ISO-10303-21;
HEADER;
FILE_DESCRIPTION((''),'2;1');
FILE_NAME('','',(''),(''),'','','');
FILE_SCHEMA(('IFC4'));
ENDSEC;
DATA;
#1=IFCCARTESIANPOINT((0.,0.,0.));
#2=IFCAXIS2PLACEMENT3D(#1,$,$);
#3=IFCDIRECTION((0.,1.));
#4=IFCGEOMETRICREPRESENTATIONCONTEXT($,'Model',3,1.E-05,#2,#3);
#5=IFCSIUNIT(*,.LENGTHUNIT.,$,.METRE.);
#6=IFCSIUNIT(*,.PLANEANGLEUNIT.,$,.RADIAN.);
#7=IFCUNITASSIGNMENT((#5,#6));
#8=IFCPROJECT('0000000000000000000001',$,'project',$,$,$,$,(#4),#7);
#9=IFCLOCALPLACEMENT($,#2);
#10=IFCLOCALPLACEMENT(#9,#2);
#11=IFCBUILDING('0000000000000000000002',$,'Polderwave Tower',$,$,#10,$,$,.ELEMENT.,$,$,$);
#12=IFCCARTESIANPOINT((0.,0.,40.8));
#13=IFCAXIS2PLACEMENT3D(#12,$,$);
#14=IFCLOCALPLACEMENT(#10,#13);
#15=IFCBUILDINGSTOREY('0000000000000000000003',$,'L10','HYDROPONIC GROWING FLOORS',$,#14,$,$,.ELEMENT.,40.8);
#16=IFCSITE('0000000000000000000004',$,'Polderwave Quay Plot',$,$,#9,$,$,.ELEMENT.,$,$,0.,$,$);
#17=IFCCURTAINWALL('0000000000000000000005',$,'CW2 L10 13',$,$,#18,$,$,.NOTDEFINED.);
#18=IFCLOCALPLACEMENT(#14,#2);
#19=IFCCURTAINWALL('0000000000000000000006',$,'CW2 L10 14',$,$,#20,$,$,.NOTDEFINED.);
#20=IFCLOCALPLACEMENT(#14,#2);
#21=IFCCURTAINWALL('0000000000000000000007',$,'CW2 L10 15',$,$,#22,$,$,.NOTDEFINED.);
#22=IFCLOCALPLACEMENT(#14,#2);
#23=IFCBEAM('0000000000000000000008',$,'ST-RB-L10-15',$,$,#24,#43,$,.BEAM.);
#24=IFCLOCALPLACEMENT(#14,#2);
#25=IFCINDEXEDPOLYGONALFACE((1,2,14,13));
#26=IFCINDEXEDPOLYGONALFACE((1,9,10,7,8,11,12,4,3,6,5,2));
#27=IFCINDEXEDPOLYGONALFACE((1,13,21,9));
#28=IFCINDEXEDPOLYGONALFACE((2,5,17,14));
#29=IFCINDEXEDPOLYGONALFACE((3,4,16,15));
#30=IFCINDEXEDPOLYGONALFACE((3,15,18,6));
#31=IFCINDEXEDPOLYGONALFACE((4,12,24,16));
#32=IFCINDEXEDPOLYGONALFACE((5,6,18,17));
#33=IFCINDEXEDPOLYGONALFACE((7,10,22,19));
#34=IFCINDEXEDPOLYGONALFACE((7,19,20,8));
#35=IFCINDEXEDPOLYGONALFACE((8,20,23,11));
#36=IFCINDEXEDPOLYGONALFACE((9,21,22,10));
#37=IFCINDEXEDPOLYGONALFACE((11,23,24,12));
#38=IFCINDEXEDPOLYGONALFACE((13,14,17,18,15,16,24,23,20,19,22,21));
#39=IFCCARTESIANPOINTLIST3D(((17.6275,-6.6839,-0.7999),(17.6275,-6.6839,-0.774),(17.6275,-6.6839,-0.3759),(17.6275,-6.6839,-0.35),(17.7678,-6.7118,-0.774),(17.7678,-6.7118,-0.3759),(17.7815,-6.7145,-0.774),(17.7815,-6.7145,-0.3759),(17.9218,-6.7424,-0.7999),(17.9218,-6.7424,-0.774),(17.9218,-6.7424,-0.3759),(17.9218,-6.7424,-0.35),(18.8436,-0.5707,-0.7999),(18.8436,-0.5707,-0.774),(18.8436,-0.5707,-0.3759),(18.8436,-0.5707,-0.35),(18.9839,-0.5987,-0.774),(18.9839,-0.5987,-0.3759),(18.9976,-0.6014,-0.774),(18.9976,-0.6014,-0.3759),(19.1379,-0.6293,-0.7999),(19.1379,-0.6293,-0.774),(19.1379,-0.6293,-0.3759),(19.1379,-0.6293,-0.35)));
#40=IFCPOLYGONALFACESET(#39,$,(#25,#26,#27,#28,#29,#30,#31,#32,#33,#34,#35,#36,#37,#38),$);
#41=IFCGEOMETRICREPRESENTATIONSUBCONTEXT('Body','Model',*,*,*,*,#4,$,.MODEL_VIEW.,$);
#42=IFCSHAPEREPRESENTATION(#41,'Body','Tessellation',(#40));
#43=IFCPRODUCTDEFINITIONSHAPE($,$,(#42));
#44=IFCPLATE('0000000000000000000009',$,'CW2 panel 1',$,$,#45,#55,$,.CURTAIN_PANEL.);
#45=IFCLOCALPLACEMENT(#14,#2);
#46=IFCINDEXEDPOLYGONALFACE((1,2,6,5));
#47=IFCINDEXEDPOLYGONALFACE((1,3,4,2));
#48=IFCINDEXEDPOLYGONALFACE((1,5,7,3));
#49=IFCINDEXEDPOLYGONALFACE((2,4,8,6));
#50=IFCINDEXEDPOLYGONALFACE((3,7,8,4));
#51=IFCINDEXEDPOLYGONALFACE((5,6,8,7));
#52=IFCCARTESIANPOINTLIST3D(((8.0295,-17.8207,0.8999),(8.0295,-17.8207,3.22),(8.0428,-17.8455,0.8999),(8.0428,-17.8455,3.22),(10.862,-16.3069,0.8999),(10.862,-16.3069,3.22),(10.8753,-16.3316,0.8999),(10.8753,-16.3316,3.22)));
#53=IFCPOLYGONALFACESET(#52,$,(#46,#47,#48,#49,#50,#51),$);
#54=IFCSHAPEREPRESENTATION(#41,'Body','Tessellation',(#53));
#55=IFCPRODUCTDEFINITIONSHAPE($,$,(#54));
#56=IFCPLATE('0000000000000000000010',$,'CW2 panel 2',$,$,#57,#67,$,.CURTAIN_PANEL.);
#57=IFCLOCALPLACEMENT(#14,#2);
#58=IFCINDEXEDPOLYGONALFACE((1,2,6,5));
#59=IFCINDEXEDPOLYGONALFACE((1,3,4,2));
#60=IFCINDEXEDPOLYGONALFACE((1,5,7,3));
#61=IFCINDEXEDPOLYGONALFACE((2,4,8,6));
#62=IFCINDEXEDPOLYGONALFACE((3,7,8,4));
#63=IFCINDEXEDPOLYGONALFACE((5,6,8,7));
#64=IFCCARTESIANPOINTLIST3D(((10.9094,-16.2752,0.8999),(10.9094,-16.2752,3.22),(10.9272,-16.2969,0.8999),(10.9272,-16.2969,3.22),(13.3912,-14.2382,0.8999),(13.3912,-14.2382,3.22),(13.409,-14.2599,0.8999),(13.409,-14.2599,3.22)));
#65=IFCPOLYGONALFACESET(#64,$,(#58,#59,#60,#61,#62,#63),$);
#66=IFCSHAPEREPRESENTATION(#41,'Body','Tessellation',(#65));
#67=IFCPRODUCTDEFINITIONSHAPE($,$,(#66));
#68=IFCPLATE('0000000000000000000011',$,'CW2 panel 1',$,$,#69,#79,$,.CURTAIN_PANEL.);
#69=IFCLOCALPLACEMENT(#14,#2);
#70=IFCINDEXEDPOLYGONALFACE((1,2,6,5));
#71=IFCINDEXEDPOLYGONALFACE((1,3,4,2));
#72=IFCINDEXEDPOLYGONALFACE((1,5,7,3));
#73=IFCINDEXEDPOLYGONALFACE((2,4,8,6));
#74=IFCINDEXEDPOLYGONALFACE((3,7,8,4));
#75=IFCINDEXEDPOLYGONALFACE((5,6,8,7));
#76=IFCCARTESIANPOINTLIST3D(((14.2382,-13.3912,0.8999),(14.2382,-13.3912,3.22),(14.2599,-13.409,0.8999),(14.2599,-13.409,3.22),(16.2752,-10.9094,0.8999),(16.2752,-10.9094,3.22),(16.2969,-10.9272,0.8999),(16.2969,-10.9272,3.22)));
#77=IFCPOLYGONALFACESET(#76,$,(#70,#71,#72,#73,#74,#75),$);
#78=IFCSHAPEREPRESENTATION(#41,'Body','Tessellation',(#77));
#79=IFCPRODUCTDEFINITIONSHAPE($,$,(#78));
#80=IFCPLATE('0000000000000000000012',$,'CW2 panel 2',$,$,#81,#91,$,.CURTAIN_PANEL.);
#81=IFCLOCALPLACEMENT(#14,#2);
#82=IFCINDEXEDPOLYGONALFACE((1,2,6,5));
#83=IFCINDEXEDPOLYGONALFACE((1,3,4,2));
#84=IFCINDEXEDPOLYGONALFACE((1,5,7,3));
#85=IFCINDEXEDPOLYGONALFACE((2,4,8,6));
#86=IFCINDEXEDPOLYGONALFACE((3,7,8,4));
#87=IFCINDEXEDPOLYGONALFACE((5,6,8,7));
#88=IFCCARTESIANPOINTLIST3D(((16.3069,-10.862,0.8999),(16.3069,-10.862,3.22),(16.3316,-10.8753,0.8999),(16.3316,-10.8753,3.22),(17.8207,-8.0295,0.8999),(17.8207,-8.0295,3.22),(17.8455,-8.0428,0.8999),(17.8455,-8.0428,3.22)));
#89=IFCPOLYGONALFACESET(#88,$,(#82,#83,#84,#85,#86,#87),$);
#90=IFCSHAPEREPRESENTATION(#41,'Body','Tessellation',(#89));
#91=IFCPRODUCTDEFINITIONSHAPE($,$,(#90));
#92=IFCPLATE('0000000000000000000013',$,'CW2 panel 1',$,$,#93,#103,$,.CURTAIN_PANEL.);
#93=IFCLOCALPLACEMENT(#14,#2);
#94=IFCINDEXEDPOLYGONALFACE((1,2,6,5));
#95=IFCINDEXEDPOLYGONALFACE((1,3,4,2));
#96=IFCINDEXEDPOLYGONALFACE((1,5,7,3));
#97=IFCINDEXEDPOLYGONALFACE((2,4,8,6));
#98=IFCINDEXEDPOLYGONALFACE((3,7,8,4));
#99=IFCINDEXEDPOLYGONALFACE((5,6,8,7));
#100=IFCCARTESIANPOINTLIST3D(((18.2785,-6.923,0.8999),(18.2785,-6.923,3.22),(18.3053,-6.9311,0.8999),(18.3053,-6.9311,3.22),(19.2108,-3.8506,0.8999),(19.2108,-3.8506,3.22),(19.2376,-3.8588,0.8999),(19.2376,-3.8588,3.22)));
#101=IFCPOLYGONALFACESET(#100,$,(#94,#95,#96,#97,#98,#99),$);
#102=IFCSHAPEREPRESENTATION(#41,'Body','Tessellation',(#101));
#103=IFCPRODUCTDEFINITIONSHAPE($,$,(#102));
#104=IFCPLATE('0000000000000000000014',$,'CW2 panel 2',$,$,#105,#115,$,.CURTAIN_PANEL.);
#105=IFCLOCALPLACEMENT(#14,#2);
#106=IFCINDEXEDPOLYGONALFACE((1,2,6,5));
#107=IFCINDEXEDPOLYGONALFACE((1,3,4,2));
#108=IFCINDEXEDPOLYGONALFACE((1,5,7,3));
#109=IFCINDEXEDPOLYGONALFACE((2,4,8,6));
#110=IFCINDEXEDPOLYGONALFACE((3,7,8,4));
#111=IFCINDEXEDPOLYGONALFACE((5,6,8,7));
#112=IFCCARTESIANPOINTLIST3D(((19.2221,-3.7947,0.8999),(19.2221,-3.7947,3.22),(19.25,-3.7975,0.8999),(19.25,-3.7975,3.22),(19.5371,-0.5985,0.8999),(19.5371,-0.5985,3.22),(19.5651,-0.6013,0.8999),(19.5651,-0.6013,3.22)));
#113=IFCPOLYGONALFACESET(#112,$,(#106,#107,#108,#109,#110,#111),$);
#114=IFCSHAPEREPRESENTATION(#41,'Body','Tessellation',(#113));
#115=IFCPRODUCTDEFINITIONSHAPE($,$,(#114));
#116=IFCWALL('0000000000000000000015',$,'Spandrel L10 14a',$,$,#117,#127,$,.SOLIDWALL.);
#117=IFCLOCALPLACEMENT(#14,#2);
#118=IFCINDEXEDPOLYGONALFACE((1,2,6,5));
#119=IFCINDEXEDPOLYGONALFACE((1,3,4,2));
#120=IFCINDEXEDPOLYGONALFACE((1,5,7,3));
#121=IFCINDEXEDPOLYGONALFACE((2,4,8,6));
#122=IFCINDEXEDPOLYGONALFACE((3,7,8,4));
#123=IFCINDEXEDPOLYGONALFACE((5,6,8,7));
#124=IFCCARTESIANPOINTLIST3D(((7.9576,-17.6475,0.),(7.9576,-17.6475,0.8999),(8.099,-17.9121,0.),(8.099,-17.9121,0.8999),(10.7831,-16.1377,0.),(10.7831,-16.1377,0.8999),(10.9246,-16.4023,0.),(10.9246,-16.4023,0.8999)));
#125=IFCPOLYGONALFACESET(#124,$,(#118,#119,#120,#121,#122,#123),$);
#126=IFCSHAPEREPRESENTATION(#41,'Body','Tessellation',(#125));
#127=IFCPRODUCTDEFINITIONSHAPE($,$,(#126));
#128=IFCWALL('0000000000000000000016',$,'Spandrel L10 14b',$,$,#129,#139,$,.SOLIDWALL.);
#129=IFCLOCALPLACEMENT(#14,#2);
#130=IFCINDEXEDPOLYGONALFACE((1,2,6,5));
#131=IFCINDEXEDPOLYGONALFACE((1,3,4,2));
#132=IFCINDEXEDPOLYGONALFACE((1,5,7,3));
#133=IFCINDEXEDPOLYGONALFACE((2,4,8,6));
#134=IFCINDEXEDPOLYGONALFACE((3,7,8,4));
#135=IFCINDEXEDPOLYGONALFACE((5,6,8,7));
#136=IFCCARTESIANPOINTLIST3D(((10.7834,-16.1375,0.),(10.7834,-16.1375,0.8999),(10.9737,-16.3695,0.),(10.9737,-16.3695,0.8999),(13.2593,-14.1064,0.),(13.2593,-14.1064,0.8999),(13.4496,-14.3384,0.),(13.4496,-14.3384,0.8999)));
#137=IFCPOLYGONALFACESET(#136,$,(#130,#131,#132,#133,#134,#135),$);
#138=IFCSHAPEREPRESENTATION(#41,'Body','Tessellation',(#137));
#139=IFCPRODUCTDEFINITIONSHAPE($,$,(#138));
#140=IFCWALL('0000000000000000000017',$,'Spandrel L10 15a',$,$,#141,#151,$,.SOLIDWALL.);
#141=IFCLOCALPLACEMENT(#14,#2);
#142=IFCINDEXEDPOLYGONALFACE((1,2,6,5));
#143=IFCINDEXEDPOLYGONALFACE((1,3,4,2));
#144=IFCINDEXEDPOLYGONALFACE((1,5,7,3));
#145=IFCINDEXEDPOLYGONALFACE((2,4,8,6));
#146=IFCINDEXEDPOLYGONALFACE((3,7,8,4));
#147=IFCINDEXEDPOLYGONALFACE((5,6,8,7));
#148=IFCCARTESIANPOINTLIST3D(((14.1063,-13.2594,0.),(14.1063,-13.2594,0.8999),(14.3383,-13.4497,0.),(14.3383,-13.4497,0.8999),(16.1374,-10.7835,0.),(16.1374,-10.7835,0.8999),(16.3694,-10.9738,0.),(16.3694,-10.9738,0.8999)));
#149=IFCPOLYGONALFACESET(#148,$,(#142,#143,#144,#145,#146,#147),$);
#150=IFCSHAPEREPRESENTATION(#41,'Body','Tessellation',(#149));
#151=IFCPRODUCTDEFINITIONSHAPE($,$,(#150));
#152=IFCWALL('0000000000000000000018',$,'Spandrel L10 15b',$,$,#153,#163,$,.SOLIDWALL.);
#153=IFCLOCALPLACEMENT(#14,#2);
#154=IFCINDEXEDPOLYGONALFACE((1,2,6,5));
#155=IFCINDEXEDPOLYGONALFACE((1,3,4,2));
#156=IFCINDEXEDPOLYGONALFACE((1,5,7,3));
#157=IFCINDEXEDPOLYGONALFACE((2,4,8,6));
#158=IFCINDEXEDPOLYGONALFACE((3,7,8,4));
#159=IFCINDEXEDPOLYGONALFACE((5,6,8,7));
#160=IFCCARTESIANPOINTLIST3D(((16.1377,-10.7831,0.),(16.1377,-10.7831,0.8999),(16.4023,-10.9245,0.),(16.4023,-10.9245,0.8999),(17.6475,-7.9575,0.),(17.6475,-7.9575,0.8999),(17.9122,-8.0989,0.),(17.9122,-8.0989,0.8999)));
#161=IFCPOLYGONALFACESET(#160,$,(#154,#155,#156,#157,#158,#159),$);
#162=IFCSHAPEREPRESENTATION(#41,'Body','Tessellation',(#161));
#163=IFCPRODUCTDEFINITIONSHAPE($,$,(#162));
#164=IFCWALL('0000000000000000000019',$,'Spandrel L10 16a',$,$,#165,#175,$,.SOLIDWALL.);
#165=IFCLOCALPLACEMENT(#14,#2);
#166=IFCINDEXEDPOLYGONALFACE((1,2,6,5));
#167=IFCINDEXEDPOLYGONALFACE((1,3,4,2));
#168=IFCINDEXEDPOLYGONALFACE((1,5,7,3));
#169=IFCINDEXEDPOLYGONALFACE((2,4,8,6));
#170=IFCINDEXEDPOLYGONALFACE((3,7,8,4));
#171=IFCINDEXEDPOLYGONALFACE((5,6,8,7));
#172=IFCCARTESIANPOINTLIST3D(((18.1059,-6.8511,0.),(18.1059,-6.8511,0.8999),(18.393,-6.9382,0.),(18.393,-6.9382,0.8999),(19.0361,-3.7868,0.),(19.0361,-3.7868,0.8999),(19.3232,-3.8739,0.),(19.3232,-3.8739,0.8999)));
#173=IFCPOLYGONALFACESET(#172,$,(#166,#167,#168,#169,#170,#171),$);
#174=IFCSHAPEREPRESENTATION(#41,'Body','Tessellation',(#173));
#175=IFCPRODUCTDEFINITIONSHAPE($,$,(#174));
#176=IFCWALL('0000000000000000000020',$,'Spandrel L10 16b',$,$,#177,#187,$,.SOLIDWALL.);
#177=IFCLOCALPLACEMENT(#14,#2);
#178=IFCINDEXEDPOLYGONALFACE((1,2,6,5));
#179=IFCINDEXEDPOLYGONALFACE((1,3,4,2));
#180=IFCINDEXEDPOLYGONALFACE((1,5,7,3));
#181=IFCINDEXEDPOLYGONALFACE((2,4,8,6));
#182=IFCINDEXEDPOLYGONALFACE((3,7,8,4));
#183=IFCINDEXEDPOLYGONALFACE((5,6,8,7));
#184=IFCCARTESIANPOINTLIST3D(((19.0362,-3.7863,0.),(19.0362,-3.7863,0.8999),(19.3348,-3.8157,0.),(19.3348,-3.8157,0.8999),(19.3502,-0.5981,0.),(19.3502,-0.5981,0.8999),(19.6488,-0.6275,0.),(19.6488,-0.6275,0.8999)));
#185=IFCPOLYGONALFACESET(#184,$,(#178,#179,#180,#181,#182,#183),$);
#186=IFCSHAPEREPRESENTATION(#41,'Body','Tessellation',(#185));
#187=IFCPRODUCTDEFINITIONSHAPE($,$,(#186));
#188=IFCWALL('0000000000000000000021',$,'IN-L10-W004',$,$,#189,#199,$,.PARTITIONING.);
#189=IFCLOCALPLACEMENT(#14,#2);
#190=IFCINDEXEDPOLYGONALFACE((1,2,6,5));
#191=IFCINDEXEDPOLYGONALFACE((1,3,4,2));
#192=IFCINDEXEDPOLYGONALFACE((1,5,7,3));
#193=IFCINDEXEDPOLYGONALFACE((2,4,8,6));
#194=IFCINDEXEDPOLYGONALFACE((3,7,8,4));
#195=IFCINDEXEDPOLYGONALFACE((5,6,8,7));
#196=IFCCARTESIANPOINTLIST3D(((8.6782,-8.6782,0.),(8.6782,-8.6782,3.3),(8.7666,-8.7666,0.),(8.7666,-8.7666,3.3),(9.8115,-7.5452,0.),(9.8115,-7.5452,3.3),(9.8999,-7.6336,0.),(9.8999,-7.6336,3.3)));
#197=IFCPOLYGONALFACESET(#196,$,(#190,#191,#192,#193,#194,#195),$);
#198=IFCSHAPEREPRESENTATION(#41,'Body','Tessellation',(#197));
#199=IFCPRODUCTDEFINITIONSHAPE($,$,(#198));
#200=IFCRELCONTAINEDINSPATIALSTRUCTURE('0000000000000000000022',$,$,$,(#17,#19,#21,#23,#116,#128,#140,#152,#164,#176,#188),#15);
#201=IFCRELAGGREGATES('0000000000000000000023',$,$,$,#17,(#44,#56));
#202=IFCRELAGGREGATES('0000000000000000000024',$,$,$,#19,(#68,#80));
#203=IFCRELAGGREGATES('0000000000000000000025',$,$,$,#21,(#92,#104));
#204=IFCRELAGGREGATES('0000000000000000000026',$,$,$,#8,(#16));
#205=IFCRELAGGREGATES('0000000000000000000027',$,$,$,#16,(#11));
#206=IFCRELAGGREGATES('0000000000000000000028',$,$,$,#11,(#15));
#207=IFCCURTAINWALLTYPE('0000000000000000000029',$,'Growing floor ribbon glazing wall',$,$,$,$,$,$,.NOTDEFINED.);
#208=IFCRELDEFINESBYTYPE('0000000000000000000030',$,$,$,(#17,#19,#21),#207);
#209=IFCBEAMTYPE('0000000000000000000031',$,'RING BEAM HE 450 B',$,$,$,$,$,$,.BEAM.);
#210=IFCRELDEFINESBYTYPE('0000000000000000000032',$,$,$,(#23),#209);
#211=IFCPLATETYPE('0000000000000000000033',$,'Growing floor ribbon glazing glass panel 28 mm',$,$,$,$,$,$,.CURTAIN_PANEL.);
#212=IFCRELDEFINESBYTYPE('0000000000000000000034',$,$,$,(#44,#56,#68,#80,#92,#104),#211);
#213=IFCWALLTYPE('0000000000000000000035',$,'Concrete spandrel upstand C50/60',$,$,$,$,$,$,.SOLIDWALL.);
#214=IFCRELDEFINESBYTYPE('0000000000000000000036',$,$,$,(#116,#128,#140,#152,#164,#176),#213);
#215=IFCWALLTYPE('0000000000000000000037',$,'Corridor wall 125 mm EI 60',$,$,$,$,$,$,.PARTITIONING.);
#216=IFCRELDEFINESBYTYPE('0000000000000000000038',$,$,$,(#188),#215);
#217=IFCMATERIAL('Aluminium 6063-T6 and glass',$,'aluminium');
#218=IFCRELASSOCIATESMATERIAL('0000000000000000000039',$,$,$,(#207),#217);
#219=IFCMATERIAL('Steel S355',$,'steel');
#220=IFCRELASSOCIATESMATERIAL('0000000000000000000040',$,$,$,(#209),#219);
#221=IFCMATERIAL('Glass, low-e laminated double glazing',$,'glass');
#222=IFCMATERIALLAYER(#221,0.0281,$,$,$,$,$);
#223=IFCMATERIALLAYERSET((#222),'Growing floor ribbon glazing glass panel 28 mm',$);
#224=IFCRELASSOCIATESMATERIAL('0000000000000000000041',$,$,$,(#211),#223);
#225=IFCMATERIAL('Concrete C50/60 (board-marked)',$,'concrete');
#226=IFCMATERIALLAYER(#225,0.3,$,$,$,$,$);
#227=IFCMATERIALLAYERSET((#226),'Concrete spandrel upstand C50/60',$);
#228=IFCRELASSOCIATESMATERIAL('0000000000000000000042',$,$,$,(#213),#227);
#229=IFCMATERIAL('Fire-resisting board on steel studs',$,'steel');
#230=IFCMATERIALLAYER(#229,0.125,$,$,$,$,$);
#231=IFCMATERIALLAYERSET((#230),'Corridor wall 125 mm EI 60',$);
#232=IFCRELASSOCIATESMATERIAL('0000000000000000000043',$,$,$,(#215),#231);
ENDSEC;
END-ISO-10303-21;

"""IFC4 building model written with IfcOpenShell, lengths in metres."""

from ifc_helpers import new_model, si_unit, direction, frame, frame_2d, origin, origin_2d, place, context, subcontext, project, spatial, rectangle, i_section, extrude, material, layer, layer_set, material_profile, profile_set, type_object, element, aggregate, save


model = new_model("IFC4")

# Units and contexts
model_context = context("Model", 3, precision=1e-05, world=origin(), true_north=direction((0.0, 1.0)))
body_context = subcontext(model_context, "Body", "Model", "MODEL_VIEW")
ifc_project = project(units=[si_unit("LENGTHUNIT", "METRE"), si_unit("PLANEANGLEUNIT", "RADIAN")], contexts=[model_context])

# Site, building, storey
site_placement = place(None, origin())
site = spatial("IfcSite", under=ifc_project, at=site_placement, Name="Polderwave Quay Plot", CompositionType="ELEMENT", RefElevation=0.0)
building_placement = place(site_placement, origin())
building = spatial("IfcBuilding", under=site, at=building_placement, Name="Polderwave Tower", CompositionType="ELEMENT")
storey_placement = place(building_placement, frame((0.0, 0.0, 40.8)))
storey = spatial("IfcBuildingStorey", under=building, at=storey_placement, Name="L10", Description="HYDROPONIC GROWING FLOORS", CompositionType="ELEMENT", Elevation=40.8)

# Curtain walls
ifc_material_1 = material(Name="Aluminium 6063-T6 and glass", Category="aluminium")
curtain_wall_type = type_object("IfcCurtainWallType", Name="Growing floor ribbon glazing wall", PredefinedType="NOTDEFINED", material=ifc_material_1)
curtain_wall_1_placement = place(storey_placement, origin())
curtain_wall_1 = element("IfcCurtainWall", 1, at=curtain_wall_1_placement, inside=storey, type_object=curtain_wall_type, Name="CW2 L10 13", PredefinedType="NOTDEFINED")
curtain_wall_2_placement = place(storey_placement, origin())
curtain_wall_2 = element("IfcCurtainWall", 2, at=curtain_wall_2_placement, inside=storey, type_object=curtain_wall_type, Name="CW2 L10 14", PredefinedType="NOTDEFINED")
curtain_wall_3_placement = place(storey_placement, origin())
curtain_wall_3 = element("IfcCurtainWall", 3, at=curtain_wall_3_placement, inside=storey, type_object=curtain_wall_type, Name="CW2 L10 15", PredefinedType="NOTDEFINED")

# Beam
ifc_material_2 = material(Name="Steel S355", Category="steel")
ifc_material_profile_1 = material_profile(ifc_material_2, i_section(OverallWidth=0.3, OverallDepth=0.45, WebThickness=0.0139, FlangeThickness=0.0259, at=origin_2d()), Name="HE 450 B")
ifc_profile_set_1 = profile_set([ifc_material_profile_1], Name="Steel S355")
beam_type = type_object("IfcBeamType", Name="RING BEAM HE 450 B", PredefinedType="BEAM", material=ifc_profile_set_1)
beam_placement = place(storey_placement, frame((17.7747, -6.7131, -0.575), z_axis=(0.195107, 0.980782, 0.0), x_axis=(-0.980782, 0.195107, 0.0)))
element("IfcBeam", 4, at=beam_placement, inside=storey, type_object=beam_type, Name="ST-RB-L10-15", PredefinedType="BEAM", context=body_context, shape_type="SweptSolid", body=[
    extrude(i_section(OverallWidth=0.3, OverallDepth=0.45, WebThickness=0.0139, FlangeThickness=0.0259, at=origin_2d()), origin(), (0.0, 0.0, 1.0), 6.2329),
])

# Plates
ifc_material_3 = material(Name="Glass, low-e laminated double glazing", Category="glass")
ifc_layer_1 = layer(ifc_material_3, 0.0281)
ifc_layer_set_1 = layer_set([ifc_layer_1], Name="Growing floor ribbon glazing glass panel 28 mm")
plate_type = type_object("IfcPlateType", Name="Growing floor ribbon glazing glass panel 28 mm", PredefinedType="CURTAIN_PANEL", material=ifc_layer_set_1)
plate_1_placement = place(storey_placement, frame((9.4524, -17.0762, 0.8999), z_axis=(0.0, 0.0, 1.0), x_axis=(0.881943, 0.471357, 0.0)))
plate_1 = element("IfcPlate", 5, at=plate_1_placement, type_object=plate_type, Name="CW2 panel 1", PredefinedType="CURTAIN_PANEL", context=body_context, shape_type="SweptSolid", body=[
    extrude(rectangle(XDim=3.2117, YDim=0.0281, at=origin_2d()), origin(), (0.0, 0.0, 1.0), 2.3201),
])
plate_2_placement = place(storey_placement, frame((12.1592, -15.2676, 0.8999), z_axis=(0.0, 0.0, 1.0), x_axis=(0.772981, 0.63443, 0.0)))
plate_2 = element("IfcPlate", 6, at=plate_2_placement, type_object=plate_type, Name="CW2 panel 2", PredefinedType="CURTAIN_PANEL", context=body_context, shape_type="SweptSolid", body=[
    extrude(rectangle(XDim=3.2107, YDim=0.0281, at=origin_2d()), origin(), (0.0, 0.0, 1.0), 2.3201),
])
aggregate(curtain_wall_1, [plate_1, plate_2])
plate_3_placement = place(storey_placement, frame((15.2676, -12.1592, 0.8999), z_axis=(0.0, 0.0, 1.0), x_axis=(0.63443, 0.772981, 0.0)))
plate_3 = element("IfcPlate", 7, at=plate_3_placement, type_object=plate_type, Name="CW2 panel 1", PredefinedType="CURTAIN_PANEL", context=body_context, shape_type="SweptSolid", body=[
    extrude(rectangle(XDim=3.2107, YDim=0.0281, at=origin_2d()), origin(), (0.0, 0.0, 1.0), 2.3201),
])
plate_4_placement = place(storey_placement, frame((17.0762, -9.4524, 0.8999), z_axis=(0.0, 0.0, 1.0), x_axis=(0.471357, 0.881943, 0.0)))
plate_4 = element("IfcPlate", 8, at=plate_4_placement, type_object=plate_type, Name="CW2 panel 2", PredefinedType="CURTAIN_PANEL", context=body_context, shape_type="SweptSolid", body=[
    extrude(rectangle(XDim=3.2117, YDim=0.0281, at=origin_2d()), origin(), (0.0, 0.0, 1.0), 2.3201),
])
aggregate(curtain_wall_2, [plate_3, plate_4])
plate_5_placement = place(storey_placement, frame((18.7581, -5.3909, 0.8999), z_axis=(0.0, 0.0, 1.0), x_axis=(0.290375, 0.956913, 0.0)))
plate_5 = element("IfcPlate", 9, at=plate_5_placement, type_object=plate_type, Name="CW2 panel 1", PredefinedType="CURTAIN_PANEL", context=body_context, shape_type="SweptSolid", body=[
    extrude(rectangle(XDim=3.2107, YDim=0.0281, at=origin_2d()), origin(), (0.0, 0.0, 1.0), 2.3201),
])
plate_6_placement = place(storey_placement, frame((19.3936, -2.198, 0.8999), z_axis=(0.0, 0.0, 1.0), x_axis=(0.098099, 0.995177, 0.0)))
plate_6 = element("IfcPlate", 10, at=plate_6_placement, type_object=plate_type, Name="CW2 panel 2", PredefinedType="CURTAIN_PANEL", context=body_context, shape_type="SweptSolid", body=[
    extrude(rectangle(XDim=3.2117, YDim=0.0281, at=origin_2d()), origin(), (0.0, 0.0, 1.0), 2.3201),
])
aggregate(curtain_wall_3, [plate_5, plate_6])

# Walls
ifc_material_4 = material(Name="Concrete C50/60 (board-marked)", Category="concrete")
ifc_layer_2 = layer(ifc_material_4, 0.3)
ifc_layer_set_2 = layer_set([ifc_layer_2], Name="Concrete spandrel upstand C50/60")
wall_type_1 = type_object("IfcWallType", Name="Concrete spandrel upstand C50/60", PredefinedType="SOLIDWALL", material=ifc_layer_set_2)
wall_1_placement = place(storey_placement, frame((8.0283, -17.7798, 0.0), z_axis=(0.0, 0.0, 1.0), x_axis=(0.881981, 0.471284, 0.0)))
element("IfcWall", 11, at=wall_1_placement, inside=storey, type_object=wall_type_1, Name="Spandrel L10 14a", PredefinedType="SOLIDWALL", context=body_context, shape_type="SweptSolid", body=[
    extrude(rectangle(XDim=3.2036, YDim=0.3, at=frame_2d((1.6018, 0.0))), origin(), (0.0, 0.0, 1.0), 0.8999),
])
for number, where, z_axis, x_axis, name in (
    (12, (10.8787, -16.2534, 0.0), (0.0, 0.0, 1.0), (0.773141, 0.634234, 0.0), "Spandrel L10 14b"),
    (13, (14.2224, -13.3545, 0.0), (0.0, 0.0, 1.0), (0.634234, 0.773141, 0.0), "Spandrel L10 15a"),
):
    element("IfcWall", number, at=place(storey_placement, frame(where, z_axis=z_axis, x_axis=x_axis)), inside=storey, type_object=wall_type_1, Name=name, PredefinedType="SOLIDWALL", context=body_context, shape_type="SweptSolid", body=[
        extrude(rectangle(XDim=3.2024, YDim=0.3, at=frame_2d((1.6011, 0.0))), origin(), (0.0, 0.0, 1.0), 0.8999),
    ])
wall_2_placement = place(storey_placement, frame((16.27, -10.8538, 0.0), z_axis=(0.0, 0.0, 1.0), x_axis=(0.471284, 0.881981, 0.0)))
element("IfcWall", 14, at=wall_2_placement, inside=storey, type_object=wall_type_1, Name="Spandrel L10 15b", PredefinedType="SOLIDWALL", context=body_context, shape_type="SweptSolid", body=[
    extrude(rectangle(XDim=3.2036, YDim=0.3, at=frame_2d((1.6018, 0.0))), origin(), (0.0, 0.0, 1.0), 0.8999),
])
wall_3_placement = place(storey_placement, frame((18.2495, -6.8945, 0.0), z_axis=(0.0, 0.0, 1.0), x_axis=(0.290473, 0.956883, 0.0)))
element("IfcWall", 15, at=wall_3_placement, inside=storey, type_object=wall_type_1, Name="Spandrel L10 16a", PredefinedType="SOLIDWALL", context=body_context, shape_type="SweptSolid", body=[
    extrude(rectangle(XDim=3.2024, YDim=0.3, at=frame_2d((1.6011, 0.0))), origin(), (0.0, 0.0, 1.0), 0.8999),
])
wall_4_placement = place(storey_placement, frame((19.1855, -3.801, 0.0), z_axis=(0.0, 0.0, 1.0), x_axis=(0.098002, 0.995186, 0.0)))
element("IfcWall", 16, at=wall_4_placement, inside=storey, type_object=wall_type_1, Name="Spandrel L10 16b", PredefinedType="SOLIDWALL", context=body_context, shape_type="SweptSolid", body=[
    extrude(rectangle(XDim=3.2036, YDim=0.3, at=frame_2d((1.6018, 0.0))), origin(), (0.0, 0.0, 1.0), 0.8999),
])
ifc_material_5 = material(Name="Fire-resisting board on steel studs", Category="steel")
ifc_layer_3 = layer(ifc_material_5, 0.125)
ifc_layer_set_3 = layer_set([ifc_layer_3], Name="Corridor wall 125 mm EI 60")
wall_type_2 = type_object("IfcWallType", Name="Corridor wall 125 mm EI 60", PredefinedType="PARTITIONING", material=ifc_layer_set_3)
wall_5_placement = place(storey_placement, frame((9.8557, -7.5894, 0.0), z_axis=(0.0, 0.0, 1.0), x_axis=(-0.707183, -0.707031, 0.0)))
element("IfcWall", 17, at=wall_5_placement, inside=storey, type_object=wall_type_2, Name="IN-L10-W004", PredefinedType="PARTITIONING", context=body_context, shape_type="SweptSolid", body=[
    extrude(rectangle(XDim=1.6025, YDim=0.125, at=frame_2d((0.8013, 0.0))), origin(), (0.0, 0.0, 1.0), 3.3),
])

save(model, "model.ifc")
